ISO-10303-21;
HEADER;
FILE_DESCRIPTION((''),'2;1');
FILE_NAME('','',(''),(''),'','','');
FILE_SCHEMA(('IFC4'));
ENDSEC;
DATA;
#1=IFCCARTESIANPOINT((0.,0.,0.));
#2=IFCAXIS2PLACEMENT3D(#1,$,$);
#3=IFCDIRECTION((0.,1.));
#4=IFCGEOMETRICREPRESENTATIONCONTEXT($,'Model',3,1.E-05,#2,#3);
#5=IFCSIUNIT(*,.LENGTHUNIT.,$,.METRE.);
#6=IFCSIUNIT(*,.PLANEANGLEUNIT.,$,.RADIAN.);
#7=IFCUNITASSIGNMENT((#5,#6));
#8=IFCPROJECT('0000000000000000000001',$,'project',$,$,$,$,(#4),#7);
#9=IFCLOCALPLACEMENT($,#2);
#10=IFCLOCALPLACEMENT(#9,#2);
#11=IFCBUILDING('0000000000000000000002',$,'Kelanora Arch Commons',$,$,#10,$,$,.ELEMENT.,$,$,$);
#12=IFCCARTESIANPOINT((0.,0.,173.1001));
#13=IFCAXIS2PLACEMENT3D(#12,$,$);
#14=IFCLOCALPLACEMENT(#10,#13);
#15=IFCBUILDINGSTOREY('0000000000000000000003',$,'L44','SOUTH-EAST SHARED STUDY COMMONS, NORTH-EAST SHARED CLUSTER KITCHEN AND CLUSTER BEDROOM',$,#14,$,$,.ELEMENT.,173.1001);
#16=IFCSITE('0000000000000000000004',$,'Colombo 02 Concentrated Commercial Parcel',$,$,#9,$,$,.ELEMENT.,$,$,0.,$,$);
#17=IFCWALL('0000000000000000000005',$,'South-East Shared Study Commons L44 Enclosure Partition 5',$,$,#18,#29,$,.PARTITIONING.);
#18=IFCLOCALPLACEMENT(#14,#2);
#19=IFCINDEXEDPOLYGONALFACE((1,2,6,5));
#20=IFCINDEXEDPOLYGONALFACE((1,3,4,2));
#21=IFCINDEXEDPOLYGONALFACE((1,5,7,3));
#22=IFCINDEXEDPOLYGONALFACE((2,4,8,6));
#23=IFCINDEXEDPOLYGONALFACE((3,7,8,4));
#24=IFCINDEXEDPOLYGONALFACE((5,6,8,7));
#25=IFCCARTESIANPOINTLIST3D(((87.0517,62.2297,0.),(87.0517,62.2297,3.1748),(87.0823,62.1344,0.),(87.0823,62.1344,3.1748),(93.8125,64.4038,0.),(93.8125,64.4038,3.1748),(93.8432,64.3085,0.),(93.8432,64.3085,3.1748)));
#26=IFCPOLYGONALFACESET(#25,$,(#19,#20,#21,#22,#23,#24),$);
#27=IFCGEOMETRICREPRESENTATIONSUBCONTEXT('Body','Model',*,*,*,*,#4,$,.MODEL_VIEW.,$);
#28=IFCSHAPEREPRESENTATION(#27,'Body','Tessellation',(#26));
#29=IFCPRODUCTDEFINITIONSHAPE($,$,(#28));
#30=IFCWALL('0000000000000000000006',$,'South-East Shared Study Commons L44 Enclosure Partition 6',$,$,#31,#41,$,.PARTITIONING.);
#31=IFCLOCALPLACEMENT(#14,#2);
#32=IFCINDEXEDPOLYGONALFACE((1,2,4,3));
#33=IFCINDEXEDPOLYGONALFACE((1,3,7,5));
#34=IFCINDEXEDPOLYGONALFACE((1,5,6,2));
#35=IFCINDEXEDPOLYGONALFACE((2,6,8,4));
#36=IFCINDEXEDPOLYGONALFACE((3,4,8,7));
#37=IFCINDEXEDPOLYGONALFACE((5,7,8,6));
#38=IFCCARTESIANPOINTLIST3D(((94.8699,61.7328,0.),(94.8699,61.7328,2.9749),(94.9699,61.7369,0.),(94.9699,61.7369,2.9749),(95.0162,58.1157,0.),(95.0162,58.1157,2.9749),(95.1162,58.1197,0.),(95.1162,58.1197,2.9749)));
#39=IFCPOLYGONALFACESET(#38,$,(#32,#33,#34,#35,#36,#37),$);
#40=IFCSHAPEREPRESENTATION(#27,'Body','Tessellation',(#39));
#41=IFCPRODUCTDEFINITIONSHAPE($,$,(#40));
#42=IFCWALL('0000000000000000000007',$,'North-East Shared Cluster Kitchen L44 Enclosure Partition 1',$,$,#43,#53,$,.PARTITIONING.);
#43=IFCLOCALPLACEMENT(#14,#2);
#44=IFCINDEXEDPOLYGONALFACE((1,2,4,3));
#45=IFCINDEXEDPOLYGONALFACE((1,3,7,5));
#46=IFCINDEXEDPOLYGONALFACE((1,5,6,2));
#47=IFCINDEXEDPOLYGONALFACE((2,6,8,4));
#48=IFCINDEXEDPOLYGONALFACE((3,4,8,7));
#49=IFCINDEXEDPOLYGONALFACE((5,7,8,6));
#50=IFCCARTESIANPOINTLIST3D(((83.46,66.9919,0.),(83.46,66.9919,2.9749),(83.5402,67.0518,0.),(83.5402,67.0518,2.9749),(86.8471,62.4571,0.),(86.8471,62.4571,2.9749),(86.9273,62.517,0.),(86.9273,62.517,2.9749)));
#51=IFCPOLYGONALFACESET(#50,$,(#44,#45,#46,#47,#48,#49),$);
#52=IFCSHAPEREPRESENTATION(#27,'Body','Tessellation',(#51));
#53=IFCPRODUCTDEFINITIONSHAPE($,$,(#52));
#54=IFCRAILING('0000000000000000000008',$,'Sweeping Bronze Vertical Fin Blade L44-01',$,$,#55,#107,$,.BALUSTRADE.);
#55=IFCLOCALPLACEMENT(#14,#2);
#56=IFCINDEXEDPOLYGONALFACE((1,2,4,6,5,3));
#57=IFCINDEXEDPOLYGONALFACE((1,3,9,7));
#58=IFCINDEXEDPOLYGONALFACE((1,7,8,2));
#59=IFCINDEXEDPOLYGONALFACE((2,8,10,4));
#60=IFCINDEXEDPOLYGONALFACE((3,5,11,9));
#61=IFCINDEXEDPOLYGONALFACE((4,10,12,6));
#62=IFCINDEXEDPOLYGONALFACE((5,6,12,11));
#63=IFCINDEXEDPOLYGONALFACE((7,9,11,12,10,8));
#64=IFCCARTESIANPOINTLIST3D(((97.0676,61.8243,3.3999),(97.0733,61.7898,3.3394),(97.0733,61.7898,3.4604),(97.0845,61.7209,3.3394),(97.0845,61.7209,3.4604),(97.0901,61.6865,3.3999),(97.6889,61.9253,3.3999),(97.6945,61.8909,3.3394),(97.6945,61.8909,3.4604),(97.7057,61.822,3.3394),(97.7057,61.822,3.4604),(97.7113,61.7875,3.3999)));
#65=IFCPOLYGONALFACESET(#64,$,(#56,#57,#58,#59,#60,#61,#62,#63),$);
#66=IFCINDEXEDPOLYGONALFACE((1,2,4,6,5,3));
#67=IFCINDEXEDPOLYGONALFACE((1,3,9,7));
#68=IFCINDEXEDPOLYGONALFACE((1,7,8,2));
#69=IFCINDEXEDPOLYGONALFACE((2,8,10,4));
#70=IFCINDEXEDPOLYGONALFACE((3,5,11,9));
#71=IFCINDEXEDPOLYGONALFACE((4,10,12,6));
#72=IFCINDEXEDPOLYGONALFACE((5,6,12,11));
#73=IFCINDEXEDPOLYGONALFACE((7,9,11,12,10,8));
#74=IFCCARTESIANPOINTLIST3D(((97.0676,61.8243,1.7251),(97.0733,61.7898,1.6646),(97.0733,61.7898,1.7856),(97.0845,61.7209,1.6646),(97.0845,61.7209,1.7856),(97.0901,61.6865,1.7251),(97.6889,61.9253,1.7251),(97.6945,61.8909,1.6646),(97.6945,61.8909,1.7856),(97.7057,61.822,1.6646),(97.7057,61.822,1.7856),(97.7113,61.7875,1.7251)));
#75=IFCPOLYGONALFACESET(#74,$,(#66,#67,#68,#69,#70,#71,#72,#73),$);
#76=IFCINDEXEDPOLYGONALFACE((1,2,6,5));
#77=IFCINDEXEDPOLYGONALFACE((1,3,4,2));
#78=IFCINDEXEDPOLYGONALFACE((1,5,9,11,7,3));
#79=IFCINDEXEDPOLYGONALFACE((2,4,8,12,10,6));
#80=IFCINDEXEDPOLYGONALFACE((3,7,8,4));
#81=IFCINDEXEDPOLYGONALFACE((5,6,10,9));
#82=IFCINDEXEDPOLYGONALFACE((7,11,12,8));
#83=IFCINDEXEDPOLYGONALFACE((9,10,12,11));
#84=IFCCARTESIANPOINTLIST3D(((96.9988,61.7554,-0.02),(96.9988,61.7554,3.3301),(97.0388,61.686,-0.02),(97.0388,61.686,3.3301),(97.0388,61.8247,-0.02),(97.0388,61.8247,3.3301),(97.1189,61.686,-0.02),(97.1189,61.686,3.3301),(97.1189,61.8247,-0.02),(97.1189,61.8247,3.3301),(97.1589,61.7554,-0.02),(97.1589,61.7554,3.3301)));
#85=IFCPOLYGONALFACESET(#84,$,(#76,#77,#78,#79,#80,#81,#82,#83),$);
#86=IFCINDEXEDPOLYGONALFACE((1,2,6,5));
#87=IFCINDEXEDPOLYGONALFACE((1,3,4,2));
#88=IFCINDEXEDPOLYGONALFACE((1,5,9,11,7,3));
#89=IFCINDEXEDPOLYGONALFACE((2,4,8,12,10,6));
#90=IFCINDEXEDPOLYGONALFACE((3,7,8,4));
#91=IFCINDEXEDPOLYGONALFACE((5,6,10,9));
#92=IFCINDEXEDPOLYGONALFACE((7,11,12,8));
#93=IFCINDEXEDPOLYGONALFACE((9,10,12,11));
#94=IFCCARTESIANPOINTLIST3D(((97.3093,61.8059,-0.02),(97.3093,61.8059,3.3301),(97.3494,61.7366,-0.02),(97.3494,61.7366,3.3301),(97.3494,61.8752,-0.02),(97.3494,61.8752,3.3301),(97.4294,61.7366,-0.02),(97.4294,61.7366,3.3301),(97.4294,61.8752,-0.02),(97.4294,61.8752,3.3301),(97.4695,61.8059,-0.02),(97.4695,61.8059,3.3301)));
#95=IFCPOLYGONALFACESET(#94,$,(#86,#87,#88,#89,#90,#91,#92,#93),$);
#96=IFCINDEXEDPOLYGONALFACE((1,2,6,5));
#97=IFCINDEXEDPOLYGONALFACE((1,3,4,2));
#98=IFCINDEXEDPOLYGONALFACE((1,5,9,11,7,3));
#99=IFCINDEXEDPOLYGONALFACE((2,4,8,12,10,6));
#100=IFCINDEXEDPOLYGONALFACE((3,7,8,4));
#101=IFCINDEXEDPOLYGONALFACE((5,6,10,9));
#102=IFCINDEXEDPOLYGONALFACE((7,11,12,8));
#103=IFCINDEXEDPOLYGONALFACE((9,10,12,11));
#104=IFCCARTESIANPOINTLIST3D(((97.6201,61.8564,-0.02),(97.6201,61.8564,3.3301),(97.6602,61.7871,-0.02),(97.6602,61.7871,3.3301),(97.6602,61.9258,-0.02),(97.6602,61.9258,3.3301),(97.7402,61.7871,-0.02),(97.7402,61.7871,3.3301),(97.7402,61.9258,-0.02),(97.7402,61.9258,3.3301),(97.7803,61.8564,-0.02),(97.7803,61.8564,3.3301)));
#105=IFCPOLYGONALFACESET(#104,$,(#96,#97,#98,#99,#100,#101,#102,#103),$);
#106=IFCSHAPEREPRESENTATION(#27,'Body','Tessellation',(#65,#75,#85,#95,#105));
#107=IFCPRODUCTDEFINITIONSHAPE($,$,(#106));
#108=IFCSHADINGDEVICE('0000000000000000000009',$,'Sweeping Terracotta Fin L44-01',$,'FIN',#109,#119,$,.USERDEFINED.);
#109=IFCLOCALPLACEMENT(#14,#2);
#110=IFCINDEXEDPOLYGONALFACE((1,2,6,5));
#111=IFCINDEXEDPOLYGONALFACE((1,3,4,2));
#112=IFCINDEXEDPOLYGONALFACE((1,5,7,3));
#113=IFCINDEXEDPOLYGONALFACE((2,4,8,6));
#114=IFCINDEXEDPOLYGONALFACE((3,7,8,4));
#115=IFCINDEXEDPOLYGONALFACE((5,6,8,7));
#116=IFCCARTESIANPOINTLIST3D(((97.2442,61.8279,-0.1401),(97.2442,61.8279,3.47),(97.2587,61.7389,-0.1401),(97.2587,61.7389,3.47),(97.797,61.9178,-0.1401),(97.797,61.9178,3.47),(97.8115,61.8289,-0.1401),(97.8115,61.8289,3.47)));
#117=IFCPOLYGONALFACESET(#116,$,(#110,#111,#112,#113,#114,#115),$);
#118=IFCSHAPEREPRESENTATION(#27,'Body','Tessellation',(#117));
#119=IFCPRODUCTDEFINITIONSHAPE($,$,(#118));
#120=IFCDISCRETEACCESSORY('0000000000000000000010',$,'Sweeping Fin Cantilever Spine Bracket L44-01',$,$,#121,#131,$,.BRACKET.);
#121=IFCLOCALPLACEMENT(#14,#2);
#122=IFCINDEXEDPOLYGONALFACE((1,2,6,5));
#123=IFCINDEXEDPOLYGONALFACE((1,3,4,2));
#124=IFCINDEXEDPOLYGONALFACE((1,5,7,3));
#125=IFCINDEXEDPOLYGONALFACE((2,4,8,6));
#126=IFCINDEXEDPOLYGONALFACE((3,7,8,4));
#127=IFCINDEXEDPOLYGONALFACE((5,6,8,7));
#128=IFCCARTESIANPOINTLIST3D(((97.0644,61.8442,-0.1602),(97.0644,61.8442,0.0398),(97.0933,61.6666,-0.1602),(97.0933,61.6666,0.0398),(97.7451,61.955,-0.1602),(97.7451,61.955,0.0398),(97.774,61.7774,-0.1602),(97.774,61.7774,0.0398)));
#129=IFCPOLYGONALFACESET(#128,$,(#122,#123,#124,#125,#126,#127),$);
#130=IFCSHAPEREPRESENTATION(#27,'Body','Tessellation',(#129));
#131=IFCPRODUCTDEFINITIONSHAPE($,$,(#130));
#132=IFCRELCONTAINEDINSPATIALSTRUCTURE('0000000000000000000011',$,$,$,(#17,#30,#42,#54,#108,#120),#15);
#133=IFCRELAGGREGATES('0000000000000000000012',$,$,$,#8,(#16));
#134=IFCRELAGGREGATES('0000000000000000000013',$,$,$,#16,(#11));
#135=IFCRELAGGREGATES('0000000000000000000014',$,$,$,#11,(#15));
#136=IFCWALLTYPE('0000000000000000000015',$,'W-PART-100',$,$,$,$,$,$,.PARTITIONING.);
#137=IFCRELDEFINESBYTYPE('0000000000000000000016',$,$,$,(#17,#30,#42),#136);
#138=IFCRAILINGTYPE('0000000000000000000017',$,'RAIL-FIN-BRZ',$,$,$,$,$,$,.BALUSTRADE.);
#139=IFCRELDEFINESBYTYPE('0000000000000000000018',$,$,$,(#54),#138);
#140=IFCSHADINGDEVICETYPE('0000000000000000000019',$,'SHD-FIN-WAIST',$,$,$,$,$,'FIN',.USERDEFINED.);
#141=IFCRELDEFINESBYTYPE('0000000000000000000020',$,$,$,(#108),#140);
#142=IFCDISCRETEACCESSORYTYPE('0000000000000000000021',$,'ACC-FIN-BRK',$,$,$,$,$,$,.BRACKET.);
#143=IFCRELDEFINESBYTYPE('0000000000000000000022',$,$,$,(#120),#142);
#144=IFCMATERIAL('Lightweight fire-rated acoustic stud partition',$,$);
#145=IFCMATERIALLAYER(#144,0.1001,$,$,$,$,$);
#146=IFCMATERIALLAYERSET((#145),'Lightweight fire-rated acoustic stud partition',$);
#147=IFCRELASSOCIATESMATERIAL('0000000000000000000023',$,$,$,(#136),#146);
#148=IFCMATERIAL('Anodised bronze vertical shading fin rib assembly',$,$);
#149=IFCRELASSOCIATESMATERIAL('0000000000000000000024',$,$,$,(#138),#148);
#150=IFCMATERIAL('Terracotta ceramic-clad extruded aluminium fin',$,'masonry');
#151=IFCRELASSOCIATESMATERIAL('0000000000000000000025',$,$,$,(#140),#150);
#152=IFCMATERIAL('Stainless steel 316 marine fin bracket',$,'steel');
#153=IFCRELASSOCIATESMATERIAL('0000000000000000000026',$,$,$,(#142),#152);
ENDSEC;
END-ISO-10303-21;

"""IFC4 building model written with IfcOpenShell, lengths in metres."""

from ifc_helpers import new_model, si_unit, direction, frame, frame_2d, origin, origin_2d, place, context, subcontext, project, spatial, polyline, rectangle, outline, extrude, source, transform, mapped, material, layer, layer_set, type_object, element, save


model = new_model("IFC4")

# Units and contexts
model_context = context("Model", 3, precision=1e-05, world=origin(), true_north=direction((0.0, 1.0)))
body_context = subcontext(model_context, "Body", "Model", "MODEL_VIEW")
ifc_project = project(units=[si_unit("LENGTHUNIT", "METRE"), si_unit("PLANEANGLEUNIT", "RADIAN")], contexts=[model_context])

# Site, building, storey
site_placement = place(None, origin())
site = spatial("IfcSite", under=ifc_project, at=site_placement, Name="Colombo 02 Concentrated Commercial Parcel", CompositionType="ELEMENT", RefElevation=0.0)
building_placement = place(site_placement, origin())
building = spatial("IfcBuilding", under=site, at=building_placement, Name="Kelanora Arch Commons", CompositionType="ELEMENT")
storey_placement = place(building_placement, frame((0.0, 0.0, 173.1001)))
storey = spatial("IfcBuildingStorey", under=building, at=storey_placement, Name="L44", Description="SOUTH-EAST SHARED STUDY COMMONS, NORTH-EAST SHARED CLUSTER KITCHEN AND CLUSTER BEDROOM", CompositionType="ELEMENT", Elevation=173.1001)

# Walls
ifc_material_1 = material(Name="Lightweight fire-rated acoustic stud partition")
ifc_layer_1 = layer(ifc_material_1, 0.1001)
ifc_layer_set_1 = layer_set([ifc_layer_1], Name="Lightweight fire-rated acoustic stud partition")
wall_type = type_object("IfcWallType", Name="W-PART-100", PredefinedType="PARTITIONING", material=ifc_layer_set_1)
wall_1_placement = place(storey_placement, frame((87.0671, 62.1821, 0.0), z_axis=(0.0, 0.0, 1.0), x_axis=(0.951988, 0.306134, 0.0)))
element("IfcWall", 1, at=wall_1_placement, inside=storey, type_object=wall_type, Name="South-East Shared Study Commons L44 Enclosure Partition 5", PredefinedType="PARTITIONING", context=body_context, shape_type="SweptSolid", body=[
    extrude(rectangle(XDim=7.1018, YDim=0.1001, at=frame_2d((3.5508, 0.0))), origin(), (0.0, 0.0, 1.0), 3.1748),
])
wall_2_placement = place(storey_placement, frame((94.9199, 61.7349, 0.0), z_axis=(0.0, 0.0, 1.0), x_axis=(0.040396, -0.999184, 0.0)))
element("IfcWall", 2, at=wall_2_placement, inside=storey, type_object=wall_type, Name="South-East Shared Study Commons L44 Enclosure Partition 6", PredefinedType="PARTITIONING", context=body_context, shape_type="SweptSolid", body=[
    extrude(rectangle(XDim=3.6201, YDim=0.1001, at=frame_2d((1.8101, 0.0))), origin(), (0.0, 0.0, 1.0), 2.9749),
])
wall_3_placement = place(storey_placement, frame((86.8872, 62.4871, 0.0), z_axis=(0.0, 0.0, 1.0), x_axis=(-0.598418, 0.801184, 0.0)))
element("IfcWall", 3, at=wall_3_placement, inside=storey, type_object=wall_type, Name="North-East Shared Cluster Kitchen L44 Enclosure Partition 1", PredefinedType="PARTITIONING", context=body_context, shape_type="SweptSolid", body=[
    extrude(rectangle(XDim=5.6602, YDim=0.1001, at=frame_2d((2.8301, 0.0))), origin(), (0.0, 0.0, 1.0), 2.9749),
])

# Railing
ifc_material_2 = material(Name="Anodised bronze vertical shading fin rib assembly")
railing_type_1 = type_object("IfcRailingType", Name="RAIL-FIN-BRZ", PredefinedType="BALUSTRADE", material=ifc_material_2)
railing_1_placement = place(storey_placement, frame((97.0789, 61.7554, -0.02)))
element("IfcRailing", 4, at=railing_1_placement, inside=storey, type_object=railing_type_1, Name="Sweeping Bronze Vertical Fin Blade L44-01", PredefinedType="BALUSTRADE", context=body_context, shape_type="SweptSolid", body=[
    extrude(outline(polyline([(0.0698, 0.0), (0.0349, 0.0605), (-0.0349, 0.0605), (-0.0698, 0.0), (-0.0349, -0.0605), (0.0349, -0.0605), (0.0698, 0.0)])), frame((0.0, 0.0, 3.4199), z_axis=(0.987026, 0.160561, 0.0), x_axis=(-0.160561, 0.987026, 0.0)), (0.0, 0.0, 1.0), 0.6294),
    extrude(outline(polyline([(0.0698, 0.0), (0.0349, 0.0605), (-0.0349, 0.0605), (-0.0698, 0.0), (-0.0349, -0.0605), (0.0349, -0.0605), (0.0698, 0.0)])), frame((0.0, 0.0, 1.7451), z_axis=(0.987026, 0.160561, 0.0), x_axis=(-0.160561, 0.987026, 0.0)), (0.0, 0.0, 1.0), 0.6294),
    extrude(outline(polyline([(0.0801, 0.0), (0.04, 0.0693), (-0.04, 0.0693), (-0.0801, 0.0), (-0.04, -0.0693), (0.04, -0.0693), (0.0801, 0.0)])), origin(), (0.0, 0.0, 1.0), 3.3501),
    extrude(outline(polyline([(0.0801, 0.0), (0.04, 0.0693), (-0.04, 0.0693), (-0.0801, 0.0), (-0.04, -0.0693), (0.04, -0.0693), (0.0801, 0.0)])), frame((0.3105, 0.0505, 0.0)), (0.0, 0.0, 1.0), 3.3501),
    extrude(outline(polyline([(0.0801, 0.0), (0.04, 0.0693), (-0.04, 0.0693), (-0.0801, 0.0), (-0.04, -0.0693), (0.04, -0.0693), (0.0801, 0.0)])), frame((0.6213, 0.1011, 0.0)), (0.0, 0.0, 1.0), 3.3501),
])

# Shading device
ifc_material_3 = material(Name="Terracotta ceramic-clad extruded aluminium fin", Category="masonry")
shading_device_type = type_object("IfcShadingDeviceType", Name="SHD-FIN-WAIST", ElementType="FIN", PredefinedType="USERDEFINED", material=ifc_material_3)
shared_shape_1 = source(origin(), body_context, "Body", "SweptSolid", [
    extrude(rectangle(XDim=0.5601, YDim=0.0901, at=origin_2d()), origin(), (0.0, 0.0, 1.0), 3.6101),
])
shading_device_placement = place(storey_placement, frame((97.5278, 61.8284, -0.1401), z_axis=(0.0, 0.0, 1.0), x_axis=(0.987024, 0.16057, 0.0)))
element("IfcShadingDevice", 5, at=shading_device_placement, inside=storey, type_object=shading_device_type, Name="Sweeping Terracotta Fin L44-01", ObjectType="FIN", PredefinedType="USERDEFINED", context=body_context, shape_type="MappedRepresentation", body=[
    mapped(shared_shape_1, transform((0.0, 0.0, 0.0), scale=1.0)),
])

# Discrete accessory
ifc_material_4 = material(Name="Stainless steel 316 marine fin bracket", Category="steel")
discrete_accessory_type = type_object("IfcDiscreteAccessoryType", Name="ACC-FIN-BRK", PredefinedType="BRACKET", material=ifc_material_4)
shared_shape_2 = source(origin(), body_context, "Body", "SweptSolid", [
    extrude(rectangle(XDim=0.6897, YDim=0.1799, at=origin_2d()), origin(), (0.0, 0.0, 1.0), 0.2),
])
discrete_accessory_placement = place(storey_placement, frame((97.4192, 61.8108, -0.1602), z_axis=(0.0, 0.0, 1.0), x_axis=(0.987024, 0.16057, 0.0)))
element("IfcDiscreteAccessory", 6, at=discrete_accessory_placement, inside=storey, type_object=discrete_accessory_type, Name="Sweeping Fin Cantilever Spine Bracket L44-01", PredefinedType="BRACKET", context=body_context, shape_type="MappedRepresentation", body=[
    mapped(shared_shape_2, transform((0.0, 0.0, 0.0), scale=1.0)),
])

save(model, "model.ifc")
